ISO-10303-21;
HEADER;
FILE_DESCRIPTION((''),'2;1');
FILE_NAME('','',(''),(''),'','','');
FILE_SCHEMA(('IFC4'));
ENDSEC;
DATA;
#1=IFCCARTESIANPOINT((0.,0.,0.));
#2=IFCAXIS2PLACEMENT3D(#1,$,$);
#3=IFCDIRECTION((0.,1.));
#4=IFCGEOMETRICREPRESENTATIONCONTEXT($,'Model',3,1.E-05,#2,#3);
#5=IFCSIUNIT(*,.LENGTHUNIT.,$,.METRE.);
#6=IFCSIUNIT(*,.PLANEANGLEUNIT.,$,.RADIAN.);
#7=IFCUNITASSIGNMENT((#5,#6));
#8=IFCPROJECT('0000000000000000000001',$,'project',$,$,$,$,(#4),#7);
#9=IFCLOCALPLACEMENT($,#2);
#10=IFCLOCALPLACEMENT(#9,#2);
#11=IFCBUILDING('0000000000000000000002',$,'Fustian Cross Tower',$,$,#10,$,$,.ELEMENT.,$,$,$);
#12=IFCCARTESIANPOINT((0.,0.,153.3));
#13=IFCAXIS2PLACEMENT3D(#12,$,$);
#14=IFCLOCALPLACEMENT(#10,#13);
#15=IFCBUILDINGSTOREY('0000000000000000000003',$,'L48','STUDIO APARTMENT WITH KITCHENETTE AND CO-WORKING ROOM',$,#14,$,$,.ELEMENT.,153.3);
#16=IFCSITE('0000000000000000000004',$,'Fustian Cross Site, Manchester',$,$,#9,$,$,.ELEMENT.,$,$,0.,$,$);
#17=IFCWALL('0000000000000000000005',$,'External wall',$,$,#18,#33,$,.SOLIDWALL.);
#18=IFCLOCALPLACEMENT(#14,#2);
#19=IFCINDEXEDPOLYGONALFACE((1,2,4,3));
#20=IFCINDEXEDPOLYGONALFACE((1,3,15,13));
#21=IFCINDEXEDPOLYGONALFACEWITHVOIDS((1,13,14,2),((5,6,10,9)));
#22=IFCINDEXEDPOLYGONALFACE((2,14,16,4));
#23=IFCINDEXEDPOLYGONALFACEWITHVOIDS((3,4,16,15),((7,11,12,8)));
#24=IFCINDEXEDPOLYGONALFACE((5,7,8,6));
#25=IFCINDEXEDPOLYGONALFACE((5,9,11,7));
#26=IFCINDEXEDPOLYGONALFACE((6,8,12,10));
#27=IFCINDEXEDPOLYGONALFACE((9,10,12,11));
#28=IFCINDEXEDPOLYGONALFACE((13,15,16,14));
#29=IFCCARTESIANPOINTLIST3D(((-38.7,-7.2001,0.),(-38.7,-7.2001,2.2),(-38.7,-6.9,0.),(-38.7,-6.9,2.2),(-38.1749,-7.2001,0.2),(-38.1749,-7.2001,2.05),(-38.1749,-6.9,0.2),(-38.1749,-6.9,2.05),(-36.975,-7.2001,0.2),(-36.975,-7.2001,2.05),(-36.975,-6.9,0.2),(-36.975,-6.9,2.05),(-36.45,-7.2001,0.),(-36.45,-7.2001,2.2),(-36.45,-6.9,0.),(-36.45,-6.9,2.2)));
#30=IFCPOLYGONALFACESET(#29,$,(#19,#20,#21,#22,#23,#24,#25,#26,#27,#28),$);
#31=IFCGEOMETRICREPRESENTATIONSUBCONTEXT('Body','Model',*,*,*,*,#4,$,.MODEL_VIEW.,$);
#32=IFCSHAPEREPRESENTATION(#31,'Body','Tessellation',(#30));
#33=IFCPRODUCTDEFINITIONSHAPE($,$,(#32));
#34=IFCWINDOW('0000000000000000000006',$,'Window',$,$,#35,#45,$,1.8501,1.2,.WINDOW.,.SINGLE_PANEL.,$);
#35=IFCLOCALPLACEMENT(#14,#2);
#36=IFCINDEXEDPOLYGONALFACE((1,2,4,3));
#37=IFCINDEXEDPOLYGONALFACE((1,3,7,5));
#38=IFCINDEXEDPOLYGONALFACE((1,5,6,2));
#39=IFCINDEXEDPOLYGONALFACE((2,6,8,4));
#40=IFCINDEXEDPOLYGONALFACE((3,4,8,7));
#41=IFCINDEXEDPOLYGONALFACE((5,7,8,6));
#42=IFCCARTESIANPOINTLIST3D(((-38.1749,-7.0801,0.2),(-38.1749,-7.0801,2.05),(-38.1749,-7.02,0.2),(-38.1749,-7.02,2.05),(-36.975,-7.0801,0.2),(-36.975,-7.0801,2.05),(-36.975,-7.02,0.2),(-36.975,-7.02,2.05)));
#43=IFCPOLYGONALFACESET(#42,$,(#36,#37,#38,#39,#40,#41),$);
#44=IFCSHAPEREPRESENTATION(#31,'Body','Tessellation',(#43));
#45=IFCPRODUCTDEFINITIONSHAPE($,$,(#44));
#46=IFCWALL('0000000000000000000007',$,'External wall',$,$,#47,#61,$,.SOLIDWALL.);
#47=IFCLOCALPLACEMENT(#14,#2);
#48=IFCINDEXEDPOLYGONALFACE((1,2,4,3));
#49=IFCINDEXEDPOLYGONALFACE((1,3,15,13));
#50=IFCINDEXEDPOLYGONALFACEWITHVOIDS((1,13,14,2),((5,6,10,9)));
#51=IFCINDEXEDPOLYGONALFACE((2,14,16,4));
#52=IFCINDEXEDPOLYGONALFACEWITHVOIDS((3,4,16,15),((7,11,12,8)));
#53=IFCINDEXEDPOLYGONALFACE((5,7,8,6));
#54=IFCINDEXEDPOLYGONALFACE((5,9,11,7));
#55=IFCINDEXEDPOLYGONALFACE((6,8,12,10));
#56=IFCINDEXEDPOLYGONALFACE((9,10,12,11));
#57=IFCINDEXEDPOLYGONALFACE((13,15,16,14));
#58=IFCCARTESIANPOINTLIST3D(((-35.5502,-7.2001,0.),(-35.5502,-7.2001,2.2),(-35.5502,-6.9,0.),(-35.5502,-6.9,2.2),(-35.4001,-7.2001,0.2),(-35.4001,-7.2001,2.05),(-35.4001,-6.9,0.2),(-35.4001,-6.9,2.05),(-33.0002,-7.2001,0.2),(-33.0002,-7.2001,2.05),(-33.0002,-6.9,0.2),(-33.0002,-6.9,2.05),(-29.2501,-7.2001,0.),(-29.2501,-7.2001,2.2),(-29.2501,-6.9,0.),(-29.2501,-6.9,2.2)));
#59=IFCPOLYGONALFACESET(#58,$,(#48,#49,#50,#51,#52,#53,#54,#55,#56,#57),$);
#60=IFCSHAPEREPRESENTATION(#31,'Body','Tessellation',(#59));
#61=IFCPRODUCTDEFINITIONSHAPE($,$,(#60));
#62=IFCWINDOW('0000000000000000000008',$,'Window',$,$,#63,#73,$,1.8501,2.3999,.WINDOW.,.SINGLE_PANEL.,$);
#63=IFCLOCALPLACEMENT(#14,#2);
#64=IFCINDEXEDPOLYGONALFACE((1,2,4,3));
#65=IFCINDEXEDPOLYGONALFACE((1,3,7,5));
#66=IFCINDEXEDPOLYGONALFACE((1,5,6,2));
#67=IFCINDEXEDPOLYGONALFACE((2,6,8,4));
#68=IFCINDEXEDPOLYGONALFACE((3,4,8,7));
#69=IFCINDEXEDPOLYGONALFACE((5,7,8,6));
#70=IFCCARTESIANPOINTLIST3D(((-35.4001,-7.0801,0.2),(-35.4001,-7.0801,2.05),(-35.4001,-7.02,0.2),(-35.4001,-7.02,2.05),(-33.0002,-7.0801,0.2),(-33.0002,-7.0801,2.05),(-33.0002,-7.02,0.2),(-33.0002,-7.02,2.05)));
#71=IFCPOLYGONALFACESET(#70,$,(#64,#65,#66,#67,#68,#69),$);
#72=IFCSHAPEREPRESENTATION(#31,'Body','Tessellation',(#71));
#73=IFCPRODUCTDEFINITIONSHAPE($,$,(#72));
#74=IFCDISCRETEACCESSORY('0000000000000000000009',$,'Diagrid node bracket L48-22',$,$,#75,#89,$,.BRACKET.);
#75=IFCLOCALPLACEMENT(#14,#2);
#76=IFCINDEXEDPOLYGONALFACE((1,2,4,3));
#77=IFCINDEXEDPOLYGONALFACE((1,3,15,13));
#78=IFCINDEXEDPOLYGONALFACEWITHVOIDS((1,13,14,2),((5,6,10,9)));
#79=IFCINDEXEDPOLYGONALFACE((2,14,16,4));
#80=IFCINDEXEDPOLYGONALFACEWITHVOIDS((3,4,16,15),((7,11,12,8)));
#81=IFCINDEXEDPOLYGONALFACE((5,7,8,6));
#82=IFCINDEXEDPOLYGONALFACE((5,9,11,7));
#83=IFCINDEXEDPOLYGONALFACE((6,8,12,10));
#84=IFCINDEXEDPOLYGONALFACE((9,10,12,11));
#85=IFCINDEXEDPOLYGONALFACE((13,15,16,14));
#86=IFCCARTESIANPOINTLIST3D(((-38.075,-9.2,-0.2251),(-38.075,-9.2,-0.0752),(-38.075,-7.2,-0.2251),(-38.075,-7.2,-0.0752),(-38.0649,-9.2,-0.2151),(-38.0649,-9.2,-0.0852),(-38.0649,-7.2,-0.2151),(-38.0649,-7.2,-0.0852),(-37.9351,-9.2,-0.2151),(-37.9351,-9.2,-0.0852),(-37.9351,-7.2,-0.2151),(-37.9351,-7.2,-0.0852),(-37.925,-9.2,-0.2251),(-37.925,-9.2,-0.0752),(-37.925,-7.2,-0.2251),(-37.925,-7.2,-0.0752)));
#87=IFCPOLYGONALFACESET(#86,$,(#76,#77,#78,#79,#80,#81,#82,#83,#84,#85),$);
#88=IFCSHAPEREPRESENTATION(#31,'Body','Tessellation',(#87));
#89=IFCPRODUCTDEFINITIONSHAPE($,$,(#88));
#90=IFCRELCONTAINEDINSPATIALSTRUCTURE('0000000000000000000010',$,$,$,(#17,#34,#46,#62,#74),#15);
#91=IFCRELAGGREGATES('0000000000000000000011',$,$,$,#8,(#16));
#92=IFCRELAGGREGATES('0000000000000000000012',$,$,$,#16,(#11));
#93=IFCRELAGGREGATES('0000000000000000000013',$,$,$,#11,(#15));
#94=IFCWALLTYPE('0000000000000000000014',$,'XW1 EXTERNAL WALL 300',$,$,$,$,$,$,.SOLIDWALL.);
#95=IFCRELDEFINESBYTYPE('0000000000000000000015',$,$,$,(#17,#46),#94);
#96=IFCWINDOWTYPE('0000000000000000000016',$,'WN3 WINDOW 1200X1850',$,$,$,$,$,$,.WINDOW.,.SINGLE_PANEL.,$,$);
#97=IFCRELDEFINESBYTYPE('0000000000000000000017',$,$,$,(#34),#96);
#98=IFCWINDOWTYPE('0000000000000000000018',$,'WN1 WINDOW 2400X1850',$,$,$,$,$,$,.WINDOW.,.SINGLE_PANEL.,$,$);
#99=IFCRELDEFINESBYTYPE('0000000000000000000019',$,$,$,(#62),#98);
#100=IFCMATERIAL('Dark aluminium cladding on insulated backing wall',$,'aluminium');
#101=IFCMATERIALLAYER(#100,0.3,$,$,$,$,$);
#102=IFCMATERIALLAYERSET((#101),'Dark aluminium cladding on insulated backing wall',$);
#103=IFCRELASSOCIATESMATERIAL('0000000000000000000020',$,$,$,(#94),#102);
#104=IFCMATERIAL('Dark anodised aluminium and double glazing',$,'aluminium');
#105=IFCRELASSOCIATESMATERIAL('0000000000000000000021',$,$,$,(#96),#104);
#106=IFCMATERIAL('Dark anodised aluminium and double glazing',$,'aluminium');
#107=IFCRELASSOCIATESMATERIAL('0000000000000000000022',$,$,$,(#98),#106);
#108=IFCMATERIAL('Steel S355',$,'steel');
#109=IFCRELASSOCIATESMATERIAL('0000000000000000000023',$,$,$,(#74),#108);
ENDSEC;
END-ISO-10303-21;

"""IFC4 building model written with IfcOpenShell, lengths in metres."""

from ifc_helpers import new_model, si_unit, direction, frame, frame_2d, origin, origin_2d, place, context, subcontext, project, spatial, rectangle, hollow_rectangle, extrude, material, layer, layer_set, type_object, element, fill, save


model = new_model("IFC4")

# Units and contexts
model_context = context("Model", 3, precision=1e-05, world=origin(), true_north=direction((0.0, 1.0)))
body_context = subcontext(model_context, "Body", "Model", "MODEL_VIEW")
ifc_project = project(units=[si_unit("LENGTHUNIT", "METRE"), si_unit("PLANEANGLEUNIT", "RADIAN")], contexts=[model_context])

# Site, building, storey
site_placement = place(None, origin())
site = spatial("IfcSite", under=ifc_project, at=site_placement, Name="Fustian Cross Site, Manchester", CompositionType="ELEMENT", RefElevation=0.0)
building_placement = place(site_placement, origin())
building = spatial("IfcBuilding", under=site, at=building_placement, Name="Fustian Cross Tower", CompositionType="ELEMENT")
storey_placement = place(building_placement, frame((0.0, 0.0, 153.3)))
storey = spatial("IfcBuildingStorey", under=building, at=storey_placement, Name="L48", Description="STUDIO APARTMENT WITH KITCHENETTE AND CO-WORKING ROOM", CompositionType="ELEMENT", Elevation=153.3)

# Walls, openings, windows
ifc_material_1 = material(Name="Dark aluminium cladding on insulated backing wall", Category="aluminium")
ifc_layer_1 = layer(ifc_material_1, 0.3)
ifc_layer_set_1 = layer_set([ifc_layer_1], Name="Dark aluminium cladding on insulated backing wall")
wall_type_1 = type_object("IfcWallType", Name="XW1 EXTERNAL WALL 300", PredefinedType="SOLIDWALL", material=ifc_layer_set_1)
wall_1_placement = place(storey_placement, frame((-38.7, -7.05, 0.0), z_axis=(0.0, 0.0, 1.0), x_axis=(1.0, 0.0, 0.0)))
wall_1 = element("IfcWall", 1, at=wall_1_placement, inside=storey, type_object=wall_type_1, Name="External wall", PredefinedType="SOLIDWALL", context=body_context, shape_type="SweptSolid", body=[
    extrude(rectangle(XDim=2.25, YDim=0.3, at=frame_2d((1.125, 0.0))), origin(), (0.0, 0.0, 1.0), 2.2),
])
opening_1_placement = place(wall_1_placement, frame((0.5249, 0.0, 0.2)))
opening_1 = element("IfcOpeningElement", 2, at=opening_1_placement, cuts=wall_1, PredefinedType="OPENING", context=body_context, shape_type="SweptSolid", body=[
    extrude(rectangle(XDim=1.2, YDim=1.8501, at=frame_2d((0.6001, 0.925))), frame((0.0, 0.1599, 0.0), z_axis=(0.0, -1.0, 0.0), x_axis=(1.0, 0.0, 0.0)), (0.0, 0.0, 1.0), 0.3201),
])
ifc_material_2 = material(Name="Dark anodised aluminium and double glazing", Category="aluminium")
window_type_1 = type_object("IfcWindowType", Name="WN3 WINDOW 1200X1850", PartitioningType="SINGLE_PANEL", PredefinedType="WINDOW", material=ifc_material_2)
window_1_placement = place(opening_1_placement, origin())
window_1 = element("IfcWindow", 3, at=window_1_placement, inside=storey, type_object=window_type_1, Name="Window", OverallHeight=1.8501, OverallWidth=1.2, PartitioningType="SINGLE_PANEL", PredefinedType="WINDOW", context=body_context, shape_type="SweptSolid", body=[
    extrude(rectangle(XDim=1.2, YDim=1.8501, at=frame_2d((0.6001, 0.925))), frame((0.0, 0.03, 0.0), z_axis=(0.0, -1.0, 0.0), x_axis=(1.0, 0.0, 0.0)), (0.0, 0.0, 1.0), 0.0601),
])
fill(opening_1, window_1)
wall_2_placement = place(storey_placement, frame((-35.55, -7.05, 0.0), z_axis=(0.0, 0.0, 1.0), x_axis=(1.0, 0.0, 0.0)))
wall_2 = element("IfcWall", 4, at=wall_2_placement, inside=storey, type_object=wall_type_1, Name="External wall", PredefinedType="SOLIDWALL", context=body_context, shape_type="SweptSolid", body=[
    extrude(rectangle(XDim=6.3, YDim=0.3, at=frame_2d((3.1499, 0.0))), origin(), (0.0, 0.0, 1.0), 2.2),
])
opening_2_placement = place(wall_2_placement, frame((0.1499, 0.0, 0.2)))
opening_2 = element("IfcOpeningElement", 5, at=opening_2_placement, cuts=wall_2, PredefinedType="OPENING", context=body_context, shape_type="SweptSolid", body=[
    extrude(rectangle(XDim=2.3999, YDim=1.8501, at=frame_2d((1.2, 0.925))), frame((0.0, 0.1599, 0.0), z_axis=(0.0, -1.0, 0.0), x_axis=(1.0, 0.0, 0.0)), (0.0, 0.0, 1.0), 0.3201),
])
ifc_material_3 = material(Name="Dark anodised aluminium and double glazing", Category="aluminium")
window_type_2 = type_object("IfcWindowType", Name="WN1 WINDOW 2400X1850", PartitioningType="SINGLE_PANEL", PredefinedType="WINDOW", material=ifc_material_3)
window_2_placement = place(opening_2_placement, origin())
window_2 = element("IfcWindow", 6, at=window_2_placement, inside=storey, type_object=window_type_2, Name="Window", OverallHeight=1.8501, OverallWidth=2.3999, PartitioningType="SINGLE_PANEL", PredefinedType="WINDOW", context=body_context, shape_type="SweptSolid", body=[
    extrude(rectangle(XDim=2.3999, YDim=1.8501, at=frame_2d((1.2, 0.925))), frame((0.0, 0.03, 0.0), z_axis=(0.0, -1.0, 0.0), x_axis=(1.0, 0.0, 0.0)), (0.0, 0.0, 1.0), 0.0601),
])
fill(opening_2, window_2)

# Discrete accessory
ifc_material_4 = material(Name="Steel S355", Category="steel")
discrete_accessory_placement = place(storey_placement, frame((-38.0, -9.2, -0.1501), z_axis=(0.0, 1.0, 0.0), x_axis=(-1.0, 0.0, 0.0)))
element("IfcDiscreteAccessory", 7, at=discrete_accessory_placement, inside=storey, material=ifc_material_4, Name="Diagrid node bracket L48-22", PredefinedType="BRACKET", context=body_context, shape_type="SweptSolid", body=[
    extrude(hollow_rectangle(XDim=0.1499, YDim=0.1499, WallThickness=0.01, at=origin_2d()), origin(), (0.0, 0.0, 1.0), 2.0),
])

save(model, "model.ifc")
